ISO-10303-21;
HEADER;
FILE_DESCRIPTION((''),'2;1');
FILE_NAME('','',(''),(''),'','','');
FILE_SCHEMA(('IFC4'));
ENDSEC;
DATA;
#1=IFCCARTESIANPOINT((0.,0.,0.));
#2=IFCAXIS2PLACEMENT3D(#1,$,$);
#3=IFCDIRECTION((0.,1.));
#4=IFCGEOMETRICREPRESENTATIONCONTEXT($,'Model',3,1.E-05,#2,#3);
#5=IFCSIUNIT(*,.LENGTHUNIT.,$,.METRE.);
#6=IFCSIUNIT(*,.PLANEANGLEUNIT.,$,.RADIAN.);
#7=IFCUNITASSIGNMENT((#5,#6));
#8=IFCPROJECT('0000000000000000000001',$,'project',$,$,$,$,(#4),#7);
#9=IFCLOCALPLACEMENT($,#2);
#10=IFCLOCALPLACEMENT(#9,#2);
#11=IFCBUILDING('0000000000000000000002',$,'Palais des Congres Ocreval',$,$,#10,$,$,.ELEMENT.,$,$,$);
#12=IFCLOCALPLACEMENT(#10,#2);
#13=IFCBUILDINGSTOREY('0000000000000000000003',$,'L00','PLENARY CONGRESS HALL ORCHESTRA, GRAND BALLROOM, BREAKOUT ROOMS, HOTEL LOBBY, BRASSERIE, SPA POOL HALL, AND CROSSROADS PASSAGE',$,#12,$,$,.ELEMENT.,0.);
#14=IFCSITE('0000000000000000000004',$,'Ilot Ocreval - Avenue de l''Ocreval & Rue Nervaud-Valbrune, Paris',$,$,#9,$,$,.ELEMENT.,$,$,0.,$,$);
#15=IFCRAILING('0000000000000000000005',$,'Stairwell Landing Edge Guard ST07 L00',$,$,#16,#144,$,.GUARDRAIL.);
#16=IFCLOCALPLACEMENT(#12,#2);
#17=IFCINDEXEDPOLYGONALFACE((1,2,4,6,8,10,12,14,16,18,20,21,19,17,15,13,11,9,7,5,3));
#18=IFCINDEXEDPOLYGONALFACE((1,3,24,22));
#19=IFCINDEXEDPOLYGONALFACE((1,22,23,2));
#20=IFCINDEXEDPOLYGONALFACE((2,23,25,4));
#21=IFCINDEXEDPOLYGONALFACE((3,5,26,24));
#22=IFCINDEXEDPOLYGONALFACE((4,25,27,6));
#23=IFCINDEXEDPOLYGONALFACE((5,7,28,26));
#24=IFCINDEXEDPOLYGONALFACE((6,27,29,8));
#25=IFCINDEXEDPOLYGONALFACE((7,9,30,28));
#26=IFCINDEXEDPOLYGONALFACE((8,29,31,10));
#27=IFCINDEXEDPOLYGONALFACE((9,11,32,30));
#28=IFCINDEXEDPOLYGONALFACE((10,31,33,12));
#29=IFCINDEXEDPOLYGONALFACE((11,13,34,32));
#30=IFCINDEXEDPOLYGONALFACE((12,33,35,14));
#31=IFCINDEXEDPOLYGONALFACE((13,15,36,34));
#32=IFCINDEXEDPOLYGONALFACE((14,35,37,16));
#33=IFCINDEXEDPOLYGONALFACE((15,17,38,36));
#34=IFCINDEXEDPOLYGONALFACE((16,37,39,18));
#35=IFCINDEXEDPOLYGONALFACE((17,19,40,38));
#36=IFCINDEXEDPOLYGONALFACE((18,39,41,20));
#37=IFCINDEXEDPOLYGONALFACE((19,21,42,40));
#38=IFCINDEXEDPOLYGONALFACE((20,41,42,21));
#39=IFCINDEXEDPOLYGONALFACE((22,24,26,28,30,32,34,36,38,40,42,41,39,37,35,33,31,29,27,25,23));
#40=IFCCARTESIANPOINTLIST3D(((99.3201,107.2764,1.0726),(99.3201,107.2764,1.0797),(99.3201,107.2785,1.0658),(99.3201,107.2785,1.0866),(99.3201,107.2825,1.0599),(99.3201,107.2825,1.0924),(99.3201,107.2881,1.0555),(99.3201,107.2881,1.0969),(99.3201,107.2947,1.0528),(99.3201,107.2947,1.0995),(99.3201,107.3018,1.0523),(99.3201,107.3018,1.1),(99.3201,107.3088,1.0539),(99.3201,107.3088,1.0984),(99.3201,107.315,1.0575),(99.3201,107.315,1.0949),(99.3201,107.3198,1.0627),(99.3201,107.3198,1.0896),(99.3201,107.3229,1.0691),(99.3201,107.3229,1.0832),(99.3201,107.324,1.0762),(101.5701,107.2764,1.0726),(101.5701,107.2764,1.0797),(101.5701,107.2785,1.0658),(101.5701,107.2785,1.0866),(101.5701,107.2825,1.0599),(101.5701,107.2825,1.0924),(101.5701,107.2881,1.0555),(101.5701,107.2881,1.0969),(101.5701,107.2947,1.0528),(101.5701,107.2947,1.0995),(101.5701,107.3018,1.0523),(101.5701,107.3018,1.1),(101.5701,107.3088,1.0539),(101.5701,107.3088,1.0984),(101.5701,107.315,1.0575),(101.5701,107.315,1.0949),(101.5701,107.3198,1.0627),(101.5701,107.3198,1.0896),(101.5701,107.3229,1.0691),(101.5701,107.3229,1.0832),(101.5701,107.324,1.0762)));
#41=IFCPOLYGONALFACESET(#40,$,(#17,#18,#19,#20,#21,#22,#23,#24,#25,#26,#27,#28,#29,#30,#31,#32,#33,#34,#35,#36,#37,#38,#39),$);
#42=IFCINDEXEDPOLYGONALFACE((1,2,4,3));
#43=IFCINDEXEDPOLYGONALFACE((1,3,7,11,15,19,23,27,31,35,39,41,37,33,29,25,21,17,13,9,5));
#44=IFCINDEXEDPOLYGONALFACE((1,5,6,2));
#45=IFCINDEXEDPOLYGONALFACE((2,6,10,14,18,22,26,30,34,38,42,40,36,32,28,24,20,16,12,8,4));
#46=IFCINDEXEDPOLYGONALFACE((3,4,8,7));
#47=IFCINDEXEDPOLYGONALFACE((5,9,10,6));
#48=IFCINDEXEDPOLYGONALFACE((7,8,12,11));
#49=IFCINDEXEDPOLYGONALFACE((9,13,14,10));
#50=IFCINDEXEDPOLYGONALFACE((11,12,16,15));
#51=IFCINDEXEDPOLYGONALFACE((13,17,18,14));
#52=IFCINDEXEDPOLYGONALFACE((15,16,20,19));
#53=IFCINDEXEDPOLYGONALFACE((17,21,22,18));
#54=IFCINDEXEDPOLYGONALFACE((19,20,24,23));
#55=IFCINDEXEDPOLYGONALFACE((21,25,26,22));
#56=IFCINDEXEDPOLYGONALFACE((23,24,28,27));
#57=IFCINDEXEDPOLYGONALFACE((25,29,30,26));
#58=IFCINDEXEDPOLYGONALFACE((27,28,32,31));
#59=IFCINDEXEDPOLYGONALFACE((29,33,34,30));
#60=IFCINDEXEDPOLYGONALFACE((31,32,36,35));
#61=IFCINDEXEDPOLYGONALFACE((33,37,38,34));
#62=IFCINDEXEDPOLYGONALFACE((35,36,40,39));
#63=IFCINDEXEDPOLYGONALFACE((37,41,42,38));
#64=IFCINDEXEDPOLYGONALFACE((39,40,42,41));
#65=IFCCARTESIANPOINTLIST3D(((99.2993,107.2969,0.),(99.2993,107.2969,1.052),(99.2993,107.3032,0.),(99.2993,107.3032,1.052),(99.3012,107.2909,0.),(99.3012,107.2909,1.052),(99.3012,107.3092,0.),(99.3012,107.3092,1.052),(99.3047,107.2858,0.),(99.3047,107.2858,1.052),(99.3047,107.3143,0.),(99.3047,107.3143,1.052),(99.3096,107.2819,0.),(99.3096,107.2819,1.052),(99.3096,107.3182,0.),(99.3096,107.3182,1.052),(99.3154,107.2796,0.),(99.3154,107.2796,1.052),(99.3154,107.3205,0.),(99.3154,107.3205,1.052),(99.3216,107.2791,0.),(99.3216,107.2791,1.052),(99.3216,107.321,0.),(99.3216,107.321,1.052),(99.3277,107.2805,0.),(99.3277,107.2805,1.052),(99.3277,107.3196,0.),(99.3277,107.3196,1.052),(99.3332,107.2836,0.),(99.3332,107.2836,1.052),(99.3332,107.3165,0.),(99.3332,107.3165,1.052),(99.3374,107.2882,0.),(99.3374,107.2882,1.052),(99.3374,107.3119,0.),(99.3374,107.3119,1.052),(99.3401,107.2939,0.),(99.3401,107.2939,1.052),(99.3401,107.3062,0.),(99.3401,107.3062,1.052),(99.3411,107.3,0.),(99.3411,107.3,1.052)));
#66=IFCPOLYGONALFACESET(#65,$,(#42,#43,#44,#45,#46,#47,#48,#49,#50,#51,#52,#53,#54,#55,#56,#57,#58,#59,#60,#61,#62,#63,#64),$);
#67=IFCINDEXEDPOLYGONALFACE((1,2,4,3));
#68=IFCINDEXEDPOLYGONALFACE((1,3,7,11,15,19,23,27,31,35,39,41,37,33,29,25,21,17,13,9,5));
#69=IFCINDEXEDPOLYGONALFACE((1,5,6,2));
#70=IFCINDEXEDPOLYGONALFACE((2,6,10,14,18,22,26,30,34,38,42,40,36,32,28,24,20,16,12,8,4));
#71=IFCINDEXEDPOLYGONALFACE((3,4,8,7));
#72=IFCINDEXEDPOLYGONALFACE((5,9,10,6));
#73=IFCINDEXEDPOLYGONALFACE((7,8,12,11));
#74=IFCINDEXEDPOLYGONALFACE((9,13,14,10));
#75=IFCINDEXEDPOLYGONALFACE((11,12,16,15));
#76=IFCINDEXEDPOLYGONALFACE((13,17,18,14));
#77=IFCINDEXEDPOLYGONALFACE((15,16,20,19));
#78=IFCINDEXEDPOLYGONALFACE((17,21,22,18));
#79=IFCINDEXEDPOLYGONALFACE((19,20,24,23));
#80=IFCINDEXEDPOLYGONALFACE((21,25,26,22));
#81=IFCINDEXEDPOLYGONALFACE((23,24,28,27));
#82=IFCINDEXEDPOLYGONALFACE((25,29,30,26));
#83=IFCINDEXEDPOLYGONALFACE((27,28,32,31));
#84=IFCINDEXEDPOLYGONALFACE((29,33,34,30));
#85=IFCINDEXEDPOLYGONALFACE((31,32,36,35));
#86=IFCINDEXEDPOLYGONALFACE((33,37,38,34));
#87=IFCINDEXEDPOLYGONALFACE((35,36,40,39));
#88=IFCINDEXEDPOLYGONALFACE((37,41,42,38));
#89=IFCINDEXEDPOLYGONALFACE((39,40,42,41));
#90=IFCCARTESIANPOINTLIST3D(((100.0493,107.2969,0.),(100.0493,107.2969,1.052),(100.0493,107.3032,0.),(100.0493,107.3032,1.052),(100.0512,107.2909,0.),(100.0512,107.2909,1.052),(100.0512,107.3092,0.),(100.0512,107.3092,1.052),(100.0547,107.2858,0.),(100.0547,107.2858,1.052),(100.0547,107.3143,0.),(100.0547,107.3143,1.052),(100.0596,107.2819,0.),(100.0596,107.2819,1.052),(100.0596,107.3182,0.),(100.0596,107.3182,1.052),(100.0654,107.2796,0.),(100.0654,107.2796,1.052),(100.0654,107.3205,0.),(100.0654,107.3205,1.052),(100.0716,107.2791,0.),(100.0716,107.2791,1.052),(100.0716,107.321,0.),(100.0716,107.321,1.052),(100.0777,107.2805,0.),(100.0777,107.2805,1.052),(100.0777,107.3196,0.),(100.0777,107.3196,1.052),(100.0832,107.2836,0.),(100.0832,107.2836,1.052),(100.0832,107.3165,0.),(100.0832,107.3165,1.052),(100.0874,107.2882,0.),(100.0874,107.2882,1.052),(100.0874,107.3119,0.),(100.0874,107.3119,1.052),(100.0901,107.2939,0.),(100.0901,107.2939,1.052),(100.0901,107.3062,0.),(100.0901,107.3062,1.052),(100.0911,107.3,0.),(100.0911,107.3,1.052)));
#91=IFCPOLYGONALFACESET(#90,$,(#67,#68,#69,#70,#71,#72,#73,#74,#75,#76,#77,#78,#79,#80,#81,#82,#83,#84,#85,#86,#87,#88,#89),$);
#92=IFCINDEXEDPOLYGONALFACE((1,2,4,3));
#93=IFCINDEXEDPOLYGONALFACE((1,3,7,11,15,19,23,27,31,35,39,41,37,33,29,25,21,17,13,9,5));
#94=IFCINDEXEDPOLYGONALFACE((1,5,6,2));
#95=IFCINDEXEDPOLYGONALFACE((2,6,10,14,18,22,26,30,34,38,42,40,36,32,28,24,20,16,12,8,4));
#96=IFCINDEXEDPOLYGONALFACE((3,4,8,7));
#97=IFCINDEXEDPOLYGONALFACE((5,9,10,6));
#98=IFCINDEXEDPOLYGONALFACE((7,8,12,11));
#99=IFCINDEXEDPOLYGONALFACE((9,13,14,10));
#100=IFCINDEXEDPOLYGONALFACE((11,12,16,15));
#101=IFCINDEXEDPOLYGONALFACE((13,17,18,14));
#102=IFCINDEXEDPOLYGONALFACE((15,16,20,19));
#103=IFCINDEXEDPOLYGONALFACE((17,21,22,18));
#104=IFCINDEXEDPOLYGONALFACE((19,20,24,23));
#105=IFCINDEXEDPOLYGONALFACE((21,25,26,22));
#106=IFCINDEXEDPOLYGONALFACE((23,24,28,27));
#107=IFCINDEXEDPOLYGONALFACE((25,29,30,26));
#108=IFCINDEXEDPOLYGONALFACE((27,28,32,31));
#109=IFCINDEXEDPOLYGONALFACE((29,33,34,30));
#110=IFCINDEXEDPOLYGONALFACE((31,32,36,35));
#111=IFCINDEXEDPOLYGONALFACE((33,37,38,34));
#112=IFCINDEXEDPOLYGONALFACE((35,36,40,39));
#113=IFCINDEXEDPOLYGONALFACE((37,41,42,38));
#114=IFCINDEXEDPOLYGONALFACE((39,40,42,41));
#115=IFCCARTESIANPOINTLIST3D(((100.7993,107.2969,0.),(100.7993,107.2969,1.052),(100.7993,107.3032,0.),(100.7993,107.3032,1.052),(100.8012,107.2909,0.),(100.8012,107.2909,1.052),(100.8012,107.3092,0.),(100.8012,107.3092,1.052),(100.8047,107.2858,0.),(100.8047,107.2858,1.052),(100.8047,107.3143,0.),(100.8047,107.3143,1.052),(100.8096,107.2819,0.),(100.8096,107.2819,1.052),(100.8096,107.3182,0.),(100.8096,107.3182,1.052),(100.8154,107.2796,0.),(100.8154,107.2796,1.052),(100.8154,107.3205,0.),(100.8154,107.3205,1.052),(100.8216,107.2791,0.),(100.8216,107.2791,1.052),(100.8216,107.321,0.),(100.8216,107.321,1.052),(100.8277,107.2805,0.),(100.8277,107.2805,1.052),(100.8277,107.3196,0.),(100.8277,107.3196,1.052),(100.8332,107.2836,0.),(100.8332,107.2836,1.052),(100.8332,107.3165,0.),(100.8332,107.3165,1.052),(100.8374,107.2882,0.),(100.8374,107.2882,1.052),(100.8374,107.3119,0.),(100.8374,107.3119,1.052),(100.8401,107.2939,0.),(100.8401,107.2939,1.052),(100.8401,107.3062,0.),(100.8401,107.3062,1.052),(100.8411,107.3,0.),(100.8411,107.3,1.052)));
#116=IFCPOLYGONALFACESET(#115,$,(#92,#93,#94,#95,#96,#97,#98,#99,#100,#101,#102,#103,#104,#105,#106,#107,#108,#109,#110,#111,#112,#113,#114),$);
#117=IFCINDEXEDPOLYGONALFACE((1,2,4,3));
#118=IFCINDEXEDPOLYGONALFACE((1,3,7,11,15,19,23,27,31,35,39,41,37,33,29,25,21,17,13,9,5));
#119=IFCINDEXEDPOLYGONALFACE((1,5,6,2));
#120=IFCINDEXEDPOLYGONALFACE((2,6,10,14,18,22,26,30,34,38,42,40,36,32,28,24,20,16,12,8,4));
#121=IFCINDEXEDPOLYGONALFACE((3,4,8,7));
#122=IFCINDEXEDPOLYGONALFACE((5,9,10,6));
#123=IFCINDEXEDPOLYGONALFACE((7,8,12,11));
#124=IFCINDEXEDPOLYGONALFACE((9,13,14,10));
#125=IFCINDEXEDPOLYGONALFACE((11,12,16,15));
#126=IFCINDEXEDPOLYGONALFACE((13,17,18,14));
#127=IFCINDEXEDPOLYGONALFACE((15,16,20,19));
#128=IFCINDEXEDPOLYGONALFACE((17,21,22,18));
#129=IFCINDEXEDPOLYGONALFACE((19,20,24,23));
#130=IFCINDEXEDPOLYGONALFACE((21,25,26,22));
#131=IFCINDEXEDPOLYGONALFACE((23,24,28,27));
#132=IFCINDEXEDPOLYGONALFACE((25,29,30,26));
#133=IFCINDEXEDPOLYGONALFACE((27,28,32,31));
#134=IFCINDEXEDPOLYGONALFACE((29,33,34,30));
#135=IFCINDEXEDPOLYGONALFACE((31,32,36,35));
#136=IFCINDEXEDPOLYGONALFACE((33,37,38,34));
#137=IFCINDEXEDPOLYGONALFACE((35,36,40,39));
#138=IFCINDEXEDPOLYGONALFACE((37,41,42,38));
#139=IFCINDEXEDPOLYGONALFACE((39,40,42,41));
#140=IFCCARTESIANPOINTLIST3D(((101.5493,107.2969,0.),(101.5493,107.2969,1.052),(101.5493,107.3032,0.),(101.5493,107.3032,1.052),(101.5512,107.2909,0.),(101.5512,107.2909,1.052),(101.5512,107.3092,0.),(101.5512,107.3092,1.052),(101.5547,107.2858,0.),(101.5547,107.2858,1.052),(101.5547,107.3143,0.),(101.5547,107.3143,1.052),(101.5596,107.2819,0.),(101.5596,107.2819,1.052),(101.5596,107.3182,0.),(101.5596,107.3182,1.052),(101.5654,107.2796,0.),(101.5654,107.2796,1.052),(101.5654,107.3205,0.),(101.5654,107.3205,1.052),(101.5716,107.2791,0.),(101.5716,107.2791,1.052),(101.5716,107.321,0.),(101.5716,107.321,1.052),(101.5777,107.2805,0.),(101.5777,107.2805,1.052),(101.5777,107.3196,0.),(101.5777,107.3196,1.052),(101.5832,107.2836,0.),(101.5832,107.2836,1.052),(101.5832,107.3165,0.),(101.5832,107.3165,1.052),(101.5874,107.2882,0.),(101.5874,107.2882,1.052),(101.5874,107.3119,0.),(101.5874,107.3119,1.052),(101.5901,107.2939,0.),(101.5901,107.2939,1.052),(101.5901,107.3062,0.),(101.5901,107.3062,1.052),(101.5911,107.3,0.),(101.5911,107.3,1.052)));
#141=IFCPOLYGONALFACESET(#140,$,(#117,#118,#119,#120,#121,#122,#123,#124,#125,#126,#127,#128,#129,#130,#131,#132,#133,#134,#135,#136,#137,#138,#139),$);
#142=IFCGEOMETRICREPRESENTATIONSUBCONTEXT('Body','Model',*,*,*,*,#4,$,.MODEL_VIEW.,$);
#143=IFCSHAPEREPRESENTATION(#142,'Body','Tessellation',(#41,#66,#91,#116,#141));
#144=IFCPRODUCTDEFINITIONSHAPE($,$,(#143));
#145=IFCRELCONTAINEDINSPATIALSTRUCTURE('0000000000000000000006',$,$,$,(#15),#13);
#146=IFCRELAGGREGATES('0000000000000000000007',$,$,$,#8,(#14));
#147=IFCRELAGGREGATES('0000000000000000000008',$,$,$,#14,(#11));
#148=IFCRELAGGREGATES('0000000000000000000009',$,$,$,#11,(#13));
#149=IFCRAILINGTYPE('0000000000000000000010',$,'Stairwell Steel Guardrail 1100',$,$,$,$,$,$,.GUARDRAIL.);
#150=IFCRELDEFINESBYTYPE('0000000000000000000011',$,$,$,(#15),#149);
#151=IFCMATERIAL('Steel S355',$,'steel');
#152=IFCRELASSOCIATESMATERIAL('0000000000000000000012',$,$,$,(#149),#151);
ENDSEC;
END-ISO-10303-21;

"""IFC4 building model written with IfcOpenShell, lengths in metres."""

from ifc_helpers import new_model, si_unit, direction, frame, origin, origin_2d, place, context, subcontext, project, spatial, circle, extrude, material, type_object, element, save


model = new_model("IFC4")

# Units and contexts
model_context = context("Model", 3, precision=1e-05, world=origin(), true_north=direction((0.0, 1.0)))
body_context = subcontext(model_context, "Body", "Model", "MODEL_VIEW")
ifc_project = project(units=[si_unit("LENGTHUNIT", "METRE"), si_unit("PLANEANGLEUNIT", "RADIAN")], contexts=[model_context])

# Site, building, storey
site_placement = place(None, origin())
site = spatial("IfcSite", under=ifc_project, at=site_placement, Name="Ilot Ocreval - Avenue de l'Ocreval & Rue Nervaud-Valbrune, Paris", CompositionType="ELEMENT", RefElevation=0.0)
building_placement = place(site_placement, origin())
building = spatial("IfcBuilding", under=site, at=building_placement, Name="Palais des Congres Ocreval", CompositionType="ELEMENT")
storey_placement = place(building_placement, origin())
storey = spatial("IfcBuildingStorey", under=building, at=storey_placement, Name="L00", Description="PLENARY CONGRESS HALL ORCHESTRA, GRAND BALLROOM, BREAKOUT ROOMS, HOTEL LOBBY, BRASSERIE, SPA POOL HALL, AND CROSSROADS PASSAGE", CompositionType="ELEMENT", Elevation=0.0)

# Shared definitions
ifc_material_1 = material(Name="Steel S355", Category="steel")

# Railing
railing_type_1 = type_object("IfcRailingType", Name="Stairwell Steel Guardrail 1100", PredefinedType="GUARDRAIL", material=ifc_material_1)
railing_1_placement = place(storey_placement, frame((99.3201, 107.3, 0.0)))
element("IfcRailing", 1, at=railing_1_placement, inside=storey, type_object=railing_type_1, Name="Stairwell Landing Edge Guard ST07 L00", PredefinedType="GUARDRAIL", context=body_context, shape_type="SweptSolid", body=[
    extrude(circle(Radius=0.0239, at=origin_2d()), frame((0.0, 0.0, 1.0762), z_axis=(1.0, 0.0, 0.0), x_axis=(0.0, 1.0, 0.0)), (0.0, 0.0, 1.0), 2.25),
    extrude(circle(Radius=0.021, at=origin_2d()), origin(), (0.0, 0.0, 1.0), 1.052),
    extrude(circle(Radius=0.021, at=origin_2d()), frame((0.75, 0.0, 0.0)), (0.0, 0.0, 1.0), 1.052),
    extrude(circle(Radius=0.021, at=origin_2d()), frame((1.5, 0.0, 0.0)), (0.0, 0.0, 1.0), 1.052),
    extrude(circle(Radius=0.021, at=origin_2d()), frame((2.25, 0.0, 0.0)), (0.0, 0.0, 1.0), 1.052),
])

save(model, "model.ifc")
